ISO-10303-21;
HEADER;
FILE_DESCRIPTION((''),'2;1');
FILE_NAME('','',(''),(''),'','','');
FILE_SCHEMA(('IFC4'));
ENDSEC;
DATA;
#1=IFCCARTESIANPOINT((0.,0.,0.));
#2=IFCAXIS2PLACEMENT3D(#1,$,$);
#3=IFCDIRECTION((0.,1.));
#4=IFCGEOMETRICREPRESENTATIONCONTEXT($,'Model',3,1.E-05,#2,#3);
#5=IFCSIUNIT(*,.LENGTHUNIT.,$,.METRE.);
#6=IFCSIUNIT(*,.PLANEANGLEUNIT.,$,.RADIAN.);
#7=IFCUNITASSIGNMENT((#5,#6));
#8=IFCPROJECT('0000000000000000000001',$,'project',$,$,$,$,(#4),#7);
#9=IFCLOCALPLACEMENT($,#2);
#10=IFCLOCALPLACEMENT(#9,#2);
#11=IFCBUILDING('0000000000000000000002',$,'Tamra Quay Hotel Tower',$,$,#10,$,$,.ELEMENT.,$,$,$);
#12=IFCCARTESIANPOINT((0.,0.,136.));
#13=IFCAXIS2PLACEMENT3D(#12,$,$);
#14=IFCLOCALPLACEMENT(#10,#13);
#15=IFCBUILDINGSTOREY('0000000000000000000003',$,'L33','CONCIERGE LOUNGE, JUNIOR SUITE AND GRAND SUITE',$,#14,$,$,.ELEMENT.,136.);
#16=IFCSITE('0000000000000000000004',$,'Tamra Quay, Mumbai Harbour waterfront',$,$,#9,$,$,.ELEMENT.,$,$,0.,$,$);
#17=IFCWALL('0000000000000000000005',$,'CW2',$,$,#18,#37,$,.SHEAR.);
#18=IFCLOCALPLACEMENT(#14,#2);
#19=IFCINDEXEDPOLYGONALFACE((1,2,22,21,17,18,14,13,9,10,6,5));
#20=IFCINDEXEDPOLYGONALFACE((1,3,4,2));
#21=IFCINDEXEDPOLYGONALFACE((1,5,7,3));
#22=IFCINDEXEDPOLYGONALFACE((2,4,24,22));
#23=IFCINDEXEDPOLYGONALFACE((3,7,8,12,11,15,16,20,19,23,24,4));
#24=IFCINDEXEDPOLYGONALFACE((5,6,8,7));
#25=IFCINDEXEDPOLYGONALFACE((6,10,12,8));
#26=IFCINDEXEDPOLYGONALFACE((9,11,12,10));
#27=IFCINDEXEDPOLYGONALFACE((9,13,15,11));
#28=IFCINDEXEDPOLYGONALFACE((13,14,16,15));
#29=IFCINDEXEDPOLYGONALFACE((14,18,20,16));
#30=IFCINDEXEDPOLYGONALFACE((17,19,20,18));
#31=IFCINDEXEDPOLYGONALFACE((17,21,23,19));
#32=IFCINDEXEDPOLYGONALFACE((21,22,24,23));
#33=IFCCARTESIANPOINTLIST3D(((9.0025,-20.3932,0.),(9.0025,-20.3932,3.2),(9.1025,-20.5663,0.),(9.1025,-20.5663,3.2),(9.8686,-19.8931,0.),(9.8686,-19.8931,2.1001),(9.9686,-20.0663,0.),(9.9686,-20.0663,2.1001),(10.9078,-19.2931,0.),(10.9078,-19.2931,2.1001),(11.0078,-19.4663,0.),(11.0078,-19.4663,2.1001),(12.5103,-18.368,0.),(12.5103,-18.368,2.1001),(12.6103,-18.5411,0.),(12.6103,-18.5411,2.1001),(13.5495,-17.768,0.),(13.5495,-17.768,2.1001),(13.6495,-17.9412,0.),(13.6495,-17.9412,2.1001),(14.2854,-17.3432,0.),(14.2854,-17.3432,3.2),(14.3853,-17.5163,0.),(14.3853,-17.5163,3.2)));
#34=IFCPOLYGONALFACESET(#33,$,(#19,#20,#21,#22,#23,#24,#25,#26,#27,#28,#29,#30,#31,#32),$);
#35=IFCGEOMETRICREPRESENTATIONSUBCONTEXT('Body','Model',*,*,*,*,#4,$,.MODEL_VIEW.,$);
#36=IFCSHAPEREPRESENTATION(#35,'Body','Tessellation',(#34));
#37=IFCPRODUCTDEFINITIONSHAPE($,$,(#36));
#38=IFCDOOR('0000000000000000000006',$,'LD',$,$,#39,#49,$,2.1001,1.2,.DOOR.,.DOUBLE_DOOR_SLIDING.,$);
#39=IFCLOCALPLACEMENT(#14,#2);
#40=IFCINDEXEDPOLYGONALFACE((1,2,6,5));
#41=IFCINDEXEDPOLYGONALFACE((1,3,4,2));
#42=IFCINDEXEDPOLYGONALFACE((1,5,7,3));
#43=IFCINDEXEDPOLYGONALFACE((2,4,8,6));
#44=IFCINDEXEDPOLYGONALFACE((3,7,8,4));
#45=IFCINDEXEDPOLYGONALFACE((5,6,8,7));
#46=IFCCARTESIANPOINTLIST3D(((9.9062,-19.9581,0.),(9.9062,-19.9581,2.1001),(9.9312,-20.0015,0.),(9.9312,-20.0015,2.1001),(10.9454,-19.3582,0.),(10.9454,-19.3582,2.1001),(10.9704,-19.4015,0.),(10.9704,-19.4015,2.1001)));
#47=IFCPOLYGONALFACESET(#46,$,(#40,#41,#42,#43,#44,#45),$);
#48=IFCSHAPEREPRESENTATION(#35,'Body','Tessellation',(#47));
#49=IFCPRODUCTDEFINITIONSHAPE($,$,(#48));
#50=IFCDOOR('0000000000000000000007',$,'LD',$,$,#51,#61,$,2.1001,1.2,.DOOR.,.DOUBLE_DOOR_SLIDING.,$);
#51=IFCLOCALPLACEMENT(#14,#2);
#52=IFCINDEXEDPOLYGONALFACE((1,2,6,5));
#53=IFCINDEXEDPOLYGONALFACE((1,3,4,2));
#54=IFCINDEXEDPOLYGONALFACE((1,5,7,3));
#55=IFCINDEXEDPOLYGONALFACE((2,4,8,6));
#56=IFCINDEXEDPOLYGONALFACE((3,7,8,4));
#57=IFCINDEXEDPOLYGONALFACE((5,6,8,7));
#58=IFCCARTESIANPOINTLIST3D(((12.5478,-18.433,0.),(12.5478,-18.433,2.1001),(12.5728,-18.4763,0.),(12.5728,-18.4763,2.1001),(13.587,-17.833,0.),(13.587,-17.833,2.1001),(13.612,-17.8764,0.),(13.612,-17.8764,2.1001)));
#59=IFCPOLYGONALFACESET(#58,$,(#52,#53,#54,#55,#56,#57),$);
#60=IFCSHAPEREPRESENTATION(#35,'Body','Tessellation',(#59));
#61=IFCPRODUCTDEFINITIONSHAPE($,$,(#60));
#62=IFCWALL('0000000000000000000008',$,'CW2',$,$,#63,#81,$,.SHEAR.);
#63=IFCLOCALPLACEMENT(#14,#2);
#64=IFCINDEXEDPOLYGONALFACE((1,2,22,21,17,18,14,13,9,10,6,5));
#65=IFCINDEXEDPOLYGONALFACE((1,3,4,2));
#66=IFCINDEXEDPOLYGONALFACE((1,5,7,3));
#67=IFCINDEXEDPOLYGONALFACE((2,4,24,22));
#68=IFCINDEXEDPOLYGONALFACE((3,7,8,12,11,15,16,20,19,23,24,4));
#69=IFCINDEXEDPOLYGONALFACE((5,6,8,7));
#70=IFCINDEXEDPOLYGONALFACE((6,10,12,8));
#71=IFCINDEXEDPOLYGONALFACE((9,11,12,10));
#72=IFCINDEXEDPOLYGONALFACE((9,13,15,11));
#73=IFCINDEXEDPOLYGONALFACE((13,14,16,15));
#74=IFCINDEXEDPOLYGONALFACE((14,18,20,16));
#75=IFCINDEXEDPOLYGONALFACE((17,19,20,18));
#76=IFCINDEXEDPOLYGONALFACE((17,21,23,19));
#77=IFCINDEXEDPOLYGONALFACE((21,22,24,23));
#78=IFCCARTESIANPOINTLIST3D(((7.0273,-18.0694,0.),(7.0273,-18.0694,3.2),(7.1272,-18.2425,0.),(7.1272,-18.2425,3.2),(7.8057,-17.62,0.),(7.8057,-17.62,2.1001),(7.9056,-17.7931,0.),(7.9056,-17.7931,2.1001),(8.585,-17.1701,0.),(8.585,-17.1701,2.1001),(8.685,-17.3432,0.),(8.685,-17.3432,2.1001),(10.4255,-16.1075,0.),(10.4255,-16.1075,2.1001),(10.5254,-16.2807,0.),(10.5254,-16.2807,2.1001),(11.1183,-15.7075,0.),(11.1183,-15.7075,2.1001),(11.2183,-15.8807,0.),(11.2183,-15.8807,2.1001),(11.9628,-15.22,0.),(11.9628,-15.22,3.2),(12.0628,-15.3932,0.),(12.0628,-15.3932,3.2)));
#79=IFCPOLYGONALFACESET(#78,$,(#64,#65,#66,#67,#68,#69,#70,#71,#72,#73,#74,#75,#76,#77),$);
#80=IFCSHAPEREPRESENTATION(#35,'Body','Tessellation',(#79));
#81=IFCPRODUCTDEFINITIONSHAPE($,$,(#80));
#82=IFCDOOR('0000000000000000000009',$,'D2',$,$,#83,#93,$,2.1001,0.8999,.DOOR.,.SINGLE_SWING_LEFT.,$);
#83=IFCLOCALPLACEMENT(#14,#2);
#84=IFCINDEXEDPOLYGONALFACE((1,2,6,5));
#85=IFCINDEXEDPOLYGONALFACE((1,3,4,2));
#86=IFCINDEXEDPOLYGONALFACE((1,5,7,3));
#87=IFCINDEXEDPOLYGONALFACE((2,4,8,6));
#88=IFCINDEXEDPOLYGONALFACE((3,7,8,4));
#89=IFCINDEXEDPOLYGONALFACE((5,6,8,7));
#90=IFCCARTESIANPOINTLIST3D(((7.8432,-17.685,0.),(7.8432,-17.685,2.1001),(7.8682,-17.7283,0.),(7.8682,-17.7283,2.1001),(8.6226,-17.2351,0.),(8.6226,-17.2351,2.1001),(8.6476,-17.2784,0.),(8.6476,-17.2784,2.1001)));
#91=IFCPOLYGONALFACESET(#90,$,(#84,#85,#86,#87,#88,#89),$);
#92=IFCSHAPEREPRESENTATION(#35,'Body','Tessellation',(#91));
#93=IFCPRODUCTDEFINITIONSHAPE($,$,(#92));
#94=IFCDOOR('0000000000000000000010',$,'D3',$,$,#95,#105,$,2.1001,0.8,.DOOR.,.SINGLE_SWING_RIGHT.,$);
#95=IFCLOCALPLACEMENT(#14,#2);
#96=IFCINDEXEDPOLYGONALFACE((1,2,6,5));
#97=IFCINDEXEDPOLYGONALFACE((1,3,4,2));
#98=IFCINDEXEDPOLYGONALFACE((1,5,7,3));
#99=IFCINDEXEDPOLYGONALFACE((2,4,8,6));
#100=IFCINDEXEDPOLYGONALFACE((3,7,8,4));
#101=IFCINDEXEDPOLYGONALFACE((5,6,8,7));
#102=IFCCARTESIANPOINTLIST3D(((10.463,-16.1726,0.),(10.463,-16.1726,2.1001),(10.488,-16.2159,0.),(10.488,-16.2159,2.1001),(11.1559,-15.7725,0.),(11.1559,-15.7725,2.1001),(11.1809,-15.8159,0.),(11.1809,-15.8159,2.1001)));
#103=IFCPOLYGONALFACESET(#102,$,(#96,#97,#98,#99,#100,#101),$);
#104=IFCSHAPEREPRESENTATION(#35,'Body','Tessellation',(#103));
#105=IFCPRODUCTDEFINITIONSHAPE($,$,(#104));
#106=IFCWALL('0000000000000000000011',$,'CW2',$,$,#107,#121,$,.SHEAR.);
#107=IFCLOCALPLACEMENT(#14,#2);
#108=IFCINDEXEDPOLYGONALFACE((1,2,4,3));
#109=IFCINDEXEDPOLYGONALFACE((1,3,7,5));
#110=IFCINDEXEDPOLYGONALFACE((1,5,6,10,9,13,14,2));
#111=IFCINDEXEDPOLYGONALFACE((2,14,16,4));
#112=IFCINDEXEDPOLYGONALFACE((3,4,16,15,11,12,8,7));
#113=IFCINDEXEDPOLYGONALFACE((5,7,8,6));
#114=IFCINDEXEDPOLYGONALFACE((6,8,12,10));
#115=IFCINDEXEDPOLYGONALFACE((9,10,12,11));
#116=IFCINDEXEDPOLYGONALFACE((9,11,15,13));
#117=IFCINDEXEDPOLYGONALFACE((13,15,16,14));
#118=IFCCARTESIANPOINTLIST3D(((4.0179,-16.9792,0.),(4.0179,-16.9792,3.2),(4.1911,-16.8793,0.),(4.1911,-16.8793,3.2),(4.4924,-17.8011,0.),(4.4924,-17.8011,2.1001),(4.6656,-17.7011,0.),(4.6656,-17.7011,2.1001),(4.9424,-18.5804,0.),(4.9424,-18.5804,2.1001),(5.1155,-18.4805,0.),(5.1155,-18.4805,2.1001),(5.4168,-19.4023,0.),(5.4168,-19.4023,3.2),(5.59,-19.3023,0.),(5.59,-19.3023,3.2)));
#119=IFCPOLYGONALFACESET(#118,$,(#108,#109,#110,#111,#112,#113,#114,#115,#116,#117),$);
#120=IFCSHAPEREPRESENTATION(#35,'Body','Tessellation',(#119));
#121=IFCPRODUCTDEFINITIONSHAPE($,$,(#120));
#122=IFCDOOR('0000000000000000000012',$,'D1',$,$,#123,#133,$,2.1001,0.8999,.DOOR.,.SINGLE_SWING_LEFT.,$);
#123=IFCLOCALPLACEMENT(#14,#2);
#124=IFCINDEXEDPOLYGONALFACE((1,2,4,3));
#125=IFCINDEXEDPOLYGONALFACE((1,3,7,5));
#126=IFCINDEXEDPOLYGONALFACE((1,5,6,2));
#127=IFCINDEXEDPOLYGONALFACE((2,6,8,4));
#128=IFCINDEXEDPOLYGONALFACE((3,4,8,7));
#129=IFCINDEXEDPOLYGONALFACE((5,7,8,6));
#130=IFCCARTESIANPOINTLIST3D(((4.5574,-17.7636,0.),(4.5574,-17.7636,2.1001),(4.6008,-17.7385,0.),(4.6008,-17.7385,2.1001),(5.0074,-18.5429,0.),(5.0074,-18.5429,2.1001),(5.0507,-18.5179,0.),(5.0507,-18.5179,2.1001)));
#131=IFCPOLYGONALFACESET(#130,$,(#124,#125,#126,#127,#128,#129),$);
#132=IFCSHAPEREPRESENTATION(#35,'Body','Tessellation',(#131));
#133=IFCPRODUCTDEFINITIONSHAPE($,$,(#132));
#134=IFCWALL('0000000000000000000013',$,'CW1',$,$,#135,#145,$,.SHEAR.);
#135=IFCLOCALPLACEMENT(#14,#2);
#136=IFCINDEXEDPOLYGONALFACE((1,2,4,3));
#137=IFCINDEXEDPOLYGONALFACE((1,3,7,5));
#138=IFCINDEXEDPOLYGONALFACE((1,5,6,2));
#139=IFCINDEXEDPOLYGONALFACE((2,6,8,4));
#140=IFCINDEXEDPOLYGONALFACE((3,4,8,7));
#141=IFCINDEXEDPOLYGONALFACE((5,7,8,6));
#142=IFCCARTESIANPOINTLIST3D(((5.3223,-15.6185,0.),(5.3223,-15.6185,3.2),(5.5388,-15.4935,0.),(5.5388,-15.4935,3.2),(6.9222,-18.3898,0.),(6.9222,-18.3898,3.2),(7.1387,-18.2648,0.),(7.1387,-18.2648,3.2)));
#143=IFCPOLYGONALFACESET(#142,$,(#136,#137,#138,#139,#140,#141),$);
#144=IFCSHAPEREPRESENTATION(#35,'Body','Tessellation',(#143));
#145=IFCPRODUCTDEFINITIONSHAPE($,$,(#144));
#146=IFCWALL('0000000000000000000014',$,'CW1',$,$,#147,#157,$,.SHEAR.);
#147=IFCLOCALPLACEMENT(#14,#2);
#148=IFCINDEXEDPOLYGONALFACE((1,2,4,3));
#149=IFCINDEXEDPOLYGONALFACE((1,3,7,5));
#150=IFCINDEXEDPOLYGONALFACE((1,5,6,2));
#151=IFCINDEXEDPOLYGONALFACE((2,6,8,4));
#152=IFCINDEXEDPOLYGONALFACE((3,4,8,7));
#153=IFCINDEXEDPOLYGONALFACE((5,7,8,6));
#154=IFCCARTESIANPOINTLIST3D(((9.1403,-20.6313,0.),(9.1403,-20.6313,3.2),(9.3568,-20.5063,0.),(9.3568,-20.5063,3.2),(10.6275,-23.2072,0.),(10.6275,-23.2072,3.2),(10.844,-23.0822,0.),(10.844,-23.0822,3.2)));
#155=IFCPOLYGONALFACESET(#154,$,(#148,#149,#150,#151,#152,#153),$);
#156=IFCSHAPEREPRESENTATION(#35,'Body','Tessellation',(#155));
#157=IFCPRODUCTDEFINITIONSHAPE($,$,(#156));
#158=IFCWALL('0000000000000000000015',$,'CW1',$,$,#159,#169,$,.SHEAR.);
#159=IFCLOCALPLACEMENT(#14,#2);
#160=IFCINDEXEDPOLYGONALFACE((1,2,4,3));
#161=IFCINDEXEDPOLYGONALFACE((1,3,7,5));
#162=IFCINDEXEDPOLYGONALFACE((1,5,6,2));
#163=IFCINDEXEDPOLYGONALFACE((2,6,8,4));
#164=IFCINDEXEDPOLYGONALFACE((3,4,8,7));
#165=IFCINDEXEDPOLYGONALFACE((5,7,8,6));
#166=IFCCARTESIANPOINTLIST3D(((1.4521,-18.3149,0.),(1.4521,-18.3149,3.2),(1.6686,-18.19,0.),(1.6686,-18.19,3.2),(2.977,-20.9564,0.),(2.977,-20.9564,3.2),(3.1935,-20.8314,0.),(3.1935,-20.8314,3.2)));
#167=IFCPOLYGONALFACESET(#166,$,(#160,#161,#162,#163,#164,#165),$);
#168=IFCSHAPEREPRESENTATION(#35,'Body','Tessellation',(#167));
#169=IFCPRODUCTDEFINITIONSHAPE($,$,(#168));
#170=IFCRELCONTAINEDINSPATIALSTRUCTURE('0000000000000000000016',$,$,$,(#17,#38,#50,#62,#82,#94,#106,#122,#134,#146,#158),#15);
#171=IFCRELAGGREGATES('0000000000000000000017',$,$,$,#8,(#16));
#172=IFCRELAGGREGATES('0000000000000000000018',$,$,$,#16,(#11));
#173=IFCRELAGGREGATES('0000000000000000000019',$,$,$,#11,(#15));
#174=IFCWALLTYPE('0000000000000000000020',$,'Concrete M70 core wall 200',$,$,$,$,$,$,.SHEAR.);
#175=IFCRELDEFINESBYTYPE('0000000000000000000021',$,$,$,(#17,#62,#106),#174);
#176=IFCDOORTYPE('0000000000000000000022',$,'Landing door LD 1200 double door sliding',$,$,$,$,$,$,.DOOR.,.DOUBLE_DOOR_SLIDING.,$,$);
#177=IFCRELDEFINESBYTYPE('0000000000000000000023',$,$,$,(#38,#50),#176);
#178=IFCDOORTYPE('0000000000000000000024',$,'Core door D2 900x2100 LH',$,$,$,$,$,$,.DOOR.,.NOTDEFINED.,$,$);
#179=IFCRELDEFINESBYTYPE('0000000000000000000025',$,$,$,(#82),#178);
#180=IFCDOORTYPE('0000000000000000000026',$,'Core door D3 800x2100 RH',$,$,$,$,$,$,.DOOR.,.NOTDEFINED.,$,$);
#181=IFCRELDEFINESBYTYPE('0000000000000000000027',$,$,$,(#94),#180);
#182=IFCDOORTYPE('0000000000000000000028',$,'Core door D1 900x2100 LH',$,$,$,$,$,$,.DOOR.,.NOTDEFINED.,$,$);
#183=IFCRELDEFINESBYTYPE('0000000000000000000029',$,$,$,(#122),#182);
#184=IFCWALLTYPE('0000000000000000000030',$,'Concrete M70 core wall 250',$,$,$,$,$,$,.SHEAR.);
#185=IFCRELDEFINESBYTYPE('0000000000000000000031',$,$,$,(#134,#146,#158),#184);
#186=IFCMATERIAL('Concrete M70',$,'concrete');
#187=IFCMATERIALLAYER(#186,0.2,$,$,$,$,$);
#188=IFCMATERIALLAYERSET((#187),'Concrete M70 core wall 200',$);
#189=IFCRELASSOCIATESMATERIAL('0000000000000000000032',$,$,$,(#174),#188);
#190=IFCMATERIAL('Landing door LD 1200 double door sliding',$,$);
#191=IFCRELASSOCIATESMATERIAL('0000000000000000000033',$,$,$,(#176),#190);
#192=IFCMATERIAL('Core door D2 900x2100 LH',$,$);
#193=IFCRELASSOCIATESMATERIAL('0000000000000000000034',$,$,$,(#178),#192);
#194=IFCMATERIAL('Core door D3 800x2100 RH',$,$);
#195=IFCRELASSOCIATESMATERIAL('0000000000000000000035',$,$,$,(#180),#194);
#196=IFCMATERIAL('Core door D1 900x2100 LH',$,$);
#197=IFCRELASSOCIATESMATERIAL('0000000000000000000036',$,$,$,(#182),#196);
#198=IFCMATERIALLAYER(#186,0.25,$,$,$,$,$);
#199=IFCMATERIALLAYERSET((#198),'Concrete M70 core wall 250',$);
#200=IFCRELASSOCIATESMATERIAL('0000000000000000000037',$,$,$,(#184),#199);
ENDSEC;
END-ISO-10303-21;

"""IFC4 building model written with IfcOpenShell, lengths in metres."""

from ifc_helpers import new_model, si_unit, direction, frame, frame_2d, origin, place, context, subcontext, project, spatial, rectangle, extrude, material, layer, layer_set, type_object, element, fill, save


model = new_model("IFC4")

# Units and contexts
model_context = context("Model", 3, precision=1e-05, world=origin(), true_north=direction((0.0, 1.0)))
body_context = subcontext(model_context, "Body", "Model", "MODEL_VIEW")
ifc_project = project(units=[si_unit("LENGTHUNIT", "METRE"), si_unit("PLANEANGLEUNIT", "RADIAN")], contexts=[model_context])

# Site, building, storey
site_placement = place(None, origin())
site = spatial("IfcSite", under=ifc_project, at=site_placement, Name="Tamra Quay, Mumbai Harbour waterfront", CompositionType="ELEMENT", RefElevation=0.0)
building_placement = place(site_placement, origin())
building = spatial("IfcBuilding", under=site, at=building_placement, Name="Tamra Quay Hotel Tower", CompositionType="ELEMENT")
storey_placement = place(building_placement, frame((0.0, 0.0, 136.0)))
storey = spatial("IfcBuildingStorey", under=building, at=storey_placement, Name="L33", Description="CONCIERGE LOUNGE, JUNIOR SUITE AND GRAND SUITE", CompositionType="ELEMENT", Elevation=136.0)

# Walls, openings, doors
ifc_material_1 = material(Name="Concrete M70", Category="concrete")
ifc_layer_1 = layer(ifc_material_1, 0.2)
ifc_layer_set_1 = layer_set([ifc_layer_1], Name="Concrete M70 core wall 200")
wall_type_1 = type_object("IfcWallType", Name="Concrete M70 core wall 200", PredefinedType="SHEAR", material=ifc_layer_set_1)
wall_1_placement = place(storey_placement, frame((9.0525, -20.4797, 0.0), z_axis=(0.0, 0.0, 1.0), x_axis=(0.86603, 0.499992, 0.0)))
wall_1 = element("IfcWall", 1, at=wall_1_placement, inside=storey, type_object=wall_type_1, Name="CW2", PredefinedType="SHEAR", context=body_context, shape_type="SweptSolid", body=[
    extrude(rectangle(XDim=6.1001, YDim=0.2, at=frame_2d((3.05, 0.0))), origin(), (0.0, 0.0, 1.0), 3.2),
])
opening_1_placement = place(wall_1_placement, frame((1.0, 0.0, 0.0)))
opening_1 = element("IfcOpeningElement", 2, at=opening_1_placement, cuts=wall_1, PredefinedType="OPENING", context=body_context, shape_type="SweptSolid", body=[
    extrude(rectangle(XDim=1.2, YDim=2.1001, at=frame_2d((0.6001, 1.05))), frame((0.0, 0.1099, 0.0), z_axis=(0.0, -1.0, 0.0), x_axis=(1.0, 0.0, 0.0)), (0.0, 0.0, 1.0), 0.22),
])
opening_2_placement = place(wall_1_placement, frame((4.0503, 0.0, 0.0)))
opening_2 = element("IfcOpeningElement", 3, at=opening_2_placement, cuts=wall_1, PredefinedType="OPENING", context=body_context, shape_type="SweptSolid", body=[
    extrude(rectangle(XDim=1.2, YDim=2.1001, at=frame_2d((0.6001, 1.05))), frame((0.0, 0.1099, 0.0), z_axis=(0.0, -1.0, 0.0), x_axis=(1.0, 0.0, 0.0)), (0.0, 0.0, 1.0), 0.22),
])
ifc_material_2 = material(Name="Landing door LD 1200 double door sliding")
door_type_1 = type_object("IfcDoorType", Name="Landing door LD 1200 double door sliding", OperationType="DOUBLE_DOOR_SLIDING", PredefinedType="DOOR", material=ifc_material_2)
door_1_placement = place(opening_1_placement, origin())
door_1 = element("IfcDoor", 4, at=door_1_placement, inside=storey, type_object=door_type_1, Name="LD", OperationType="DOUBLE_DOOR_SLIDING", OverallHeight=2.1001, OverallWidth=1.2, PredefinedType="DOOR", context=body_context, shape_type="SweptSolid", body=[
    extrude(rectangle(XDim=1.2, YDim=2.1001, at=frame_2d((0.6001, 1.05))), frame((0.0, 0.0249, 0.0), z_axis=(0.0, -1.0, 0.0), x_axis=(1.0, 0.0, 0.0)), (0.0, 0.0, 1.0), 0.05),
])
fill(opening_1, door_1)
door_2_placement = place(opening_2_placement, origin())
door_2 = element("IfcDoor", 5, at=door_2_placement, inside=storey, type_object=door_type_1, Name="LD", OperationType="DOUBLE_DOOR_SLIDING", OverallHeight=2.1001, OverallWidth=1.2, PredefinedType="DOOR", context=body_context, shape_type="SweptSolid", body=[
    extrude(rectangle(XDim=1.2, YDim=2.1001, at=frame_2d((0.6001, 1.05))), frame((0.0, 0.0249, 0.0), z_axis=(0.0, -1.0, 0.0), x_axis=(1.0, 0.0, 0.0)), (0.0, 0.0, 1.0), 0.05),
])
fill(opening_2, door_2)
wall_2_placement = place(storey_placement, frame((7.0771, -18.156, 0.0), z_axis=(0.0, 0.0, 1.0), x_axis=(0.866039, 0.499977, 0.0)))
wall_2 = element("IfcWall", 6, at=wall_2_placement, inside=storey, type_object=wall_type_1, Name="CW2", PredefinedType="SHEAR", context=body_context, shape_type="SweptSolid", body=[
    extrude(rectangle(XDim=5.699, YDim=0.2, at=frame_2d((2.8496, 0.0))), origin(), (0.0, 0.0, 1.0), 3.2),
])
opening_3_placement = place(wall_2_placement, frame((0.8989, 0.0, 0.0)))
opening_3 = element("IfcOpeningElement", 7, at=opening_3_placement, cuts=wall_2, PredefinedType="OPENING", context=body_context, shape_type="SweptSolid", body=[
    extrude(rectangle(XDim=0.8999, YDim=2.1001, at=frame_2d((0.45, 1.05))), frame((0.0, 0.1099, 0.0), z_axis=(0.0, -1.0, 0.0), x_axis=(1.0, 0.0, 0.0)), (0.0, 0.0, 1.0), 0.22),
])
opening_4_placement = place(wall_2_placement, frame((3.9241, 0.0, 0.0)))
opening_4 = element("IfcOpeningElement", 8, at=opening_4_placement, cuts=wall_2, PredefinedType="OPENING", context=body_context, shape_type="SweptSolid", body=[
    extrude(rectangle(XDim=0.8, YDim=2.1001, at=frame_2d((0.3999, 1.05))), frame((0.0, 0.1099, 0.0), z_axis=(0.0, -1.0, 0.0), x_axis=(1.0, 0.0, 0.0)), (0.0, 0.0, 1.0), 0.22),
])
ifc_material_3 = material(Name="Core door D2 900x2100 LH")
door_type_2 = type_object("IfcDoorType", Name="Core door D2 900x2100 LH", OperationType="NOTDEFINED", PredefinedType="DOOR", material=ifc_material_3)
door_3_placement = place(opening_3_placement, origin())
door_3 = element("IfcDoor", 9, at=door_3_placement, inside=storey, type_object=door_type_2, Name="D2", OperationType="SINGLE_SWING_LEFT", OverallHeight=2.1001, OverallWidth=0.8999, PredefinedType="DOOR", context=body_context, shape_type="SweptSolid", body=[
    extrude(rectangle(XDim=0.8999, YDim=2.1001, at=frame_2d((0.45, 1.05))), frame((0.0, 0.0249, 0.0), z_axis=(0.0, -1.0, 0.0), x_axis=(1.0, 0.0, 0.0)), (0.0, 0.0, 1.0), 0.05),
])
fill(opening_3, door_3)
ifc_material_4 = material(Name="Core door D3 800x2100 RH")
door_type_3 = type_object("IfcDoorType", Name="Core door D3 800x2100 RH", OperationType="NOTDEFINED", PredefinedType="DOOR", material=ifc_material_4)
door_4_placement = place(opening_4_placement, origin())
door_4 = element("IfcDoor", 10, at=door_4_placement, inside=storey, type_object=door_type_3, Name="D3", OperationType="SINGLE_SWING_RIGHT", OverallHeight=2.1001, OverallWidth=0.8, PredefinedType="DOOR", context=body_context, shape_type="SweptSolid", body=[
    extrude(rectangle(XDim=0.8, YDim=2.1001, at=frame_2d((0.3999, 1.05))), frame((0.0, 0.0249, 0.0), z_axis=(0.0, -1.0, 0.0), x_axis=(1.0, 0.0, 0.0)), (0.0, 0.0, 1.0), 0.05),
])
fill(opening_4, door_4)

# Wall, opening, door
wall_3_placement = place(storey_placement, frame((5.5034, -19.3523, 0.0), z_axis=(0.0, 0.0, 1.0), x_axis=(-0.499987, 0.866033, 0.0)))
wall_3 = element("IfcWall", 11, at=wall_3_placement, inside=storey, type_object=wall_type_1, Name="CW2", PredefinedType="SHEAR", context=body_context, shape_type="SweptSolid", body=[
    extrude(rectangle(XDim=2.7979, YDim=0.2, at=frame_2d((1.3989, 0.0))), origin(), (0.0, 0.0, 1.0), 3.2),
])
opening_5_placement = place(wall_3_placement, frame((0.949, 0.0, 0.0)))
opening_5 = element("IfcOpeningElement", 12, at=opening_5_placement, cuts=wall_3, PredefinedType="OPENING", context=body_context, shape_type="SweptSolid", body=[
    extrude(rectangle(XDim=0.8999, YDim=2.1001, at=frame_2d((0.45, 1.05))), frame((0.0, 0.1099, 0.0), z_axis=(0.0, -1.0, 0.0), x_axis=(1.0, 0.0, 0.0)), (0.0, 0.0, 1.0), 0.22),
])
ifc_material_5 = material(Name="Core door D1 900x2100 LH")
door_type_4 = type_object("IfcDoorType", Name="Core door D1 900x2100 LH", OperationType="NOTDEFINED", PredefinedType="DOOR", material=ifc_material_5)
door_5_placement = place(opening_5_placement, origin())
door_5 = element("IfcDoor", 13, at=door_5_placement, inside=storey, type_object=door_type_4, Name="D1", OperationType="SINGLE_SWING_LEFT", OverallHeight=2.1001, OverallWidth=0.8999, PredefinedType="DOOR", context=body_context, shape_type="SweptSolid", body=[
    extrude(rectangle(XDim=0.8999, YDim=2.1001, at=frame_2d((0.45, 1.05))), frame((0.0, 0.0249, 0.0), z_axis=(0.0, -1.0, 0.0), x_axis=(1.0, 0.0, 0.0)), (0.0, 0.0, 1.0), 0.05),
])
fill(opening_5, door_5)

# Walls
ifc_layer_2 = layer(ifc_material_1, 0.25)
ifc_layer_set_2 = layer_set([ifc_layer_2], Name="Concrete M70 core wall 250")
wall_type_2 = type_object("IfcWallType", Name="Concrete M70 core wall 250", PredefinedType="SHEAR", material=ifc_layer_set_2)
wall_4_placement = place(storey_placement, frame((7.0305, -18.3274, 0.0), z_axis=(0.0, 0.0, 1.0), x_axis=(-0.499971, 0.866042, 0.0)))
element("IfcWall", 14, at=wall_4_placement, inside=storey, type_object=wall_type_2, Name="CW1", PredefinedType="SHEAR", context=body_context, shape_type="SweptSolid", body=[
    extrude(rectangle(XDim=3.2, YDim=0.25, at=frame_2d((1.6001, 0.0))), origin(), (0.0, 0.0, 1.0), 3.2),
])
wall_5_placement = place(storey_placement, frame((10.7358, -23.1448, 0.0), z_axis=(0.0, 0.0, 1.0), x_axis=(-0.500023, 0.866012, 0.0)))
element("IfcWall", 15, at=wall_5_placement, inside=storey, type_object=wall_type_2, Name="CW1", PredefinedType="SHEAR", context=body_context, shape_type="SweptSolid", body=[
    extrude(rectangle(XDim=2.9744, YDim=0.25, at=frame_2d((1.4873, 0.0))), origin(), (0.0, 0.0, 1.0), 3.2),
])
wall_6_placement = place(storey_placement, frame((3.0852, -20.8938, 0.0), z_axis=(0.0, 0.0, 1.0), x_axis=(-0.499979, 0.866038, 0.0)))
element("IfcWall", 16, at=wall_6_placement, inside=storey, type_object=wall_type_2, Name="CW1", PredefinedType="SHEAR", context=body_context, shape_type="SweptSolid", body=[
    extrude(rectangle(XDim=3.05, YDim=0.25, at=frame_2d((1.5249, 0.0))), origin(), (0.0, 0.0, 1.0), 3.2),
])

save(model, "model.ifc")
